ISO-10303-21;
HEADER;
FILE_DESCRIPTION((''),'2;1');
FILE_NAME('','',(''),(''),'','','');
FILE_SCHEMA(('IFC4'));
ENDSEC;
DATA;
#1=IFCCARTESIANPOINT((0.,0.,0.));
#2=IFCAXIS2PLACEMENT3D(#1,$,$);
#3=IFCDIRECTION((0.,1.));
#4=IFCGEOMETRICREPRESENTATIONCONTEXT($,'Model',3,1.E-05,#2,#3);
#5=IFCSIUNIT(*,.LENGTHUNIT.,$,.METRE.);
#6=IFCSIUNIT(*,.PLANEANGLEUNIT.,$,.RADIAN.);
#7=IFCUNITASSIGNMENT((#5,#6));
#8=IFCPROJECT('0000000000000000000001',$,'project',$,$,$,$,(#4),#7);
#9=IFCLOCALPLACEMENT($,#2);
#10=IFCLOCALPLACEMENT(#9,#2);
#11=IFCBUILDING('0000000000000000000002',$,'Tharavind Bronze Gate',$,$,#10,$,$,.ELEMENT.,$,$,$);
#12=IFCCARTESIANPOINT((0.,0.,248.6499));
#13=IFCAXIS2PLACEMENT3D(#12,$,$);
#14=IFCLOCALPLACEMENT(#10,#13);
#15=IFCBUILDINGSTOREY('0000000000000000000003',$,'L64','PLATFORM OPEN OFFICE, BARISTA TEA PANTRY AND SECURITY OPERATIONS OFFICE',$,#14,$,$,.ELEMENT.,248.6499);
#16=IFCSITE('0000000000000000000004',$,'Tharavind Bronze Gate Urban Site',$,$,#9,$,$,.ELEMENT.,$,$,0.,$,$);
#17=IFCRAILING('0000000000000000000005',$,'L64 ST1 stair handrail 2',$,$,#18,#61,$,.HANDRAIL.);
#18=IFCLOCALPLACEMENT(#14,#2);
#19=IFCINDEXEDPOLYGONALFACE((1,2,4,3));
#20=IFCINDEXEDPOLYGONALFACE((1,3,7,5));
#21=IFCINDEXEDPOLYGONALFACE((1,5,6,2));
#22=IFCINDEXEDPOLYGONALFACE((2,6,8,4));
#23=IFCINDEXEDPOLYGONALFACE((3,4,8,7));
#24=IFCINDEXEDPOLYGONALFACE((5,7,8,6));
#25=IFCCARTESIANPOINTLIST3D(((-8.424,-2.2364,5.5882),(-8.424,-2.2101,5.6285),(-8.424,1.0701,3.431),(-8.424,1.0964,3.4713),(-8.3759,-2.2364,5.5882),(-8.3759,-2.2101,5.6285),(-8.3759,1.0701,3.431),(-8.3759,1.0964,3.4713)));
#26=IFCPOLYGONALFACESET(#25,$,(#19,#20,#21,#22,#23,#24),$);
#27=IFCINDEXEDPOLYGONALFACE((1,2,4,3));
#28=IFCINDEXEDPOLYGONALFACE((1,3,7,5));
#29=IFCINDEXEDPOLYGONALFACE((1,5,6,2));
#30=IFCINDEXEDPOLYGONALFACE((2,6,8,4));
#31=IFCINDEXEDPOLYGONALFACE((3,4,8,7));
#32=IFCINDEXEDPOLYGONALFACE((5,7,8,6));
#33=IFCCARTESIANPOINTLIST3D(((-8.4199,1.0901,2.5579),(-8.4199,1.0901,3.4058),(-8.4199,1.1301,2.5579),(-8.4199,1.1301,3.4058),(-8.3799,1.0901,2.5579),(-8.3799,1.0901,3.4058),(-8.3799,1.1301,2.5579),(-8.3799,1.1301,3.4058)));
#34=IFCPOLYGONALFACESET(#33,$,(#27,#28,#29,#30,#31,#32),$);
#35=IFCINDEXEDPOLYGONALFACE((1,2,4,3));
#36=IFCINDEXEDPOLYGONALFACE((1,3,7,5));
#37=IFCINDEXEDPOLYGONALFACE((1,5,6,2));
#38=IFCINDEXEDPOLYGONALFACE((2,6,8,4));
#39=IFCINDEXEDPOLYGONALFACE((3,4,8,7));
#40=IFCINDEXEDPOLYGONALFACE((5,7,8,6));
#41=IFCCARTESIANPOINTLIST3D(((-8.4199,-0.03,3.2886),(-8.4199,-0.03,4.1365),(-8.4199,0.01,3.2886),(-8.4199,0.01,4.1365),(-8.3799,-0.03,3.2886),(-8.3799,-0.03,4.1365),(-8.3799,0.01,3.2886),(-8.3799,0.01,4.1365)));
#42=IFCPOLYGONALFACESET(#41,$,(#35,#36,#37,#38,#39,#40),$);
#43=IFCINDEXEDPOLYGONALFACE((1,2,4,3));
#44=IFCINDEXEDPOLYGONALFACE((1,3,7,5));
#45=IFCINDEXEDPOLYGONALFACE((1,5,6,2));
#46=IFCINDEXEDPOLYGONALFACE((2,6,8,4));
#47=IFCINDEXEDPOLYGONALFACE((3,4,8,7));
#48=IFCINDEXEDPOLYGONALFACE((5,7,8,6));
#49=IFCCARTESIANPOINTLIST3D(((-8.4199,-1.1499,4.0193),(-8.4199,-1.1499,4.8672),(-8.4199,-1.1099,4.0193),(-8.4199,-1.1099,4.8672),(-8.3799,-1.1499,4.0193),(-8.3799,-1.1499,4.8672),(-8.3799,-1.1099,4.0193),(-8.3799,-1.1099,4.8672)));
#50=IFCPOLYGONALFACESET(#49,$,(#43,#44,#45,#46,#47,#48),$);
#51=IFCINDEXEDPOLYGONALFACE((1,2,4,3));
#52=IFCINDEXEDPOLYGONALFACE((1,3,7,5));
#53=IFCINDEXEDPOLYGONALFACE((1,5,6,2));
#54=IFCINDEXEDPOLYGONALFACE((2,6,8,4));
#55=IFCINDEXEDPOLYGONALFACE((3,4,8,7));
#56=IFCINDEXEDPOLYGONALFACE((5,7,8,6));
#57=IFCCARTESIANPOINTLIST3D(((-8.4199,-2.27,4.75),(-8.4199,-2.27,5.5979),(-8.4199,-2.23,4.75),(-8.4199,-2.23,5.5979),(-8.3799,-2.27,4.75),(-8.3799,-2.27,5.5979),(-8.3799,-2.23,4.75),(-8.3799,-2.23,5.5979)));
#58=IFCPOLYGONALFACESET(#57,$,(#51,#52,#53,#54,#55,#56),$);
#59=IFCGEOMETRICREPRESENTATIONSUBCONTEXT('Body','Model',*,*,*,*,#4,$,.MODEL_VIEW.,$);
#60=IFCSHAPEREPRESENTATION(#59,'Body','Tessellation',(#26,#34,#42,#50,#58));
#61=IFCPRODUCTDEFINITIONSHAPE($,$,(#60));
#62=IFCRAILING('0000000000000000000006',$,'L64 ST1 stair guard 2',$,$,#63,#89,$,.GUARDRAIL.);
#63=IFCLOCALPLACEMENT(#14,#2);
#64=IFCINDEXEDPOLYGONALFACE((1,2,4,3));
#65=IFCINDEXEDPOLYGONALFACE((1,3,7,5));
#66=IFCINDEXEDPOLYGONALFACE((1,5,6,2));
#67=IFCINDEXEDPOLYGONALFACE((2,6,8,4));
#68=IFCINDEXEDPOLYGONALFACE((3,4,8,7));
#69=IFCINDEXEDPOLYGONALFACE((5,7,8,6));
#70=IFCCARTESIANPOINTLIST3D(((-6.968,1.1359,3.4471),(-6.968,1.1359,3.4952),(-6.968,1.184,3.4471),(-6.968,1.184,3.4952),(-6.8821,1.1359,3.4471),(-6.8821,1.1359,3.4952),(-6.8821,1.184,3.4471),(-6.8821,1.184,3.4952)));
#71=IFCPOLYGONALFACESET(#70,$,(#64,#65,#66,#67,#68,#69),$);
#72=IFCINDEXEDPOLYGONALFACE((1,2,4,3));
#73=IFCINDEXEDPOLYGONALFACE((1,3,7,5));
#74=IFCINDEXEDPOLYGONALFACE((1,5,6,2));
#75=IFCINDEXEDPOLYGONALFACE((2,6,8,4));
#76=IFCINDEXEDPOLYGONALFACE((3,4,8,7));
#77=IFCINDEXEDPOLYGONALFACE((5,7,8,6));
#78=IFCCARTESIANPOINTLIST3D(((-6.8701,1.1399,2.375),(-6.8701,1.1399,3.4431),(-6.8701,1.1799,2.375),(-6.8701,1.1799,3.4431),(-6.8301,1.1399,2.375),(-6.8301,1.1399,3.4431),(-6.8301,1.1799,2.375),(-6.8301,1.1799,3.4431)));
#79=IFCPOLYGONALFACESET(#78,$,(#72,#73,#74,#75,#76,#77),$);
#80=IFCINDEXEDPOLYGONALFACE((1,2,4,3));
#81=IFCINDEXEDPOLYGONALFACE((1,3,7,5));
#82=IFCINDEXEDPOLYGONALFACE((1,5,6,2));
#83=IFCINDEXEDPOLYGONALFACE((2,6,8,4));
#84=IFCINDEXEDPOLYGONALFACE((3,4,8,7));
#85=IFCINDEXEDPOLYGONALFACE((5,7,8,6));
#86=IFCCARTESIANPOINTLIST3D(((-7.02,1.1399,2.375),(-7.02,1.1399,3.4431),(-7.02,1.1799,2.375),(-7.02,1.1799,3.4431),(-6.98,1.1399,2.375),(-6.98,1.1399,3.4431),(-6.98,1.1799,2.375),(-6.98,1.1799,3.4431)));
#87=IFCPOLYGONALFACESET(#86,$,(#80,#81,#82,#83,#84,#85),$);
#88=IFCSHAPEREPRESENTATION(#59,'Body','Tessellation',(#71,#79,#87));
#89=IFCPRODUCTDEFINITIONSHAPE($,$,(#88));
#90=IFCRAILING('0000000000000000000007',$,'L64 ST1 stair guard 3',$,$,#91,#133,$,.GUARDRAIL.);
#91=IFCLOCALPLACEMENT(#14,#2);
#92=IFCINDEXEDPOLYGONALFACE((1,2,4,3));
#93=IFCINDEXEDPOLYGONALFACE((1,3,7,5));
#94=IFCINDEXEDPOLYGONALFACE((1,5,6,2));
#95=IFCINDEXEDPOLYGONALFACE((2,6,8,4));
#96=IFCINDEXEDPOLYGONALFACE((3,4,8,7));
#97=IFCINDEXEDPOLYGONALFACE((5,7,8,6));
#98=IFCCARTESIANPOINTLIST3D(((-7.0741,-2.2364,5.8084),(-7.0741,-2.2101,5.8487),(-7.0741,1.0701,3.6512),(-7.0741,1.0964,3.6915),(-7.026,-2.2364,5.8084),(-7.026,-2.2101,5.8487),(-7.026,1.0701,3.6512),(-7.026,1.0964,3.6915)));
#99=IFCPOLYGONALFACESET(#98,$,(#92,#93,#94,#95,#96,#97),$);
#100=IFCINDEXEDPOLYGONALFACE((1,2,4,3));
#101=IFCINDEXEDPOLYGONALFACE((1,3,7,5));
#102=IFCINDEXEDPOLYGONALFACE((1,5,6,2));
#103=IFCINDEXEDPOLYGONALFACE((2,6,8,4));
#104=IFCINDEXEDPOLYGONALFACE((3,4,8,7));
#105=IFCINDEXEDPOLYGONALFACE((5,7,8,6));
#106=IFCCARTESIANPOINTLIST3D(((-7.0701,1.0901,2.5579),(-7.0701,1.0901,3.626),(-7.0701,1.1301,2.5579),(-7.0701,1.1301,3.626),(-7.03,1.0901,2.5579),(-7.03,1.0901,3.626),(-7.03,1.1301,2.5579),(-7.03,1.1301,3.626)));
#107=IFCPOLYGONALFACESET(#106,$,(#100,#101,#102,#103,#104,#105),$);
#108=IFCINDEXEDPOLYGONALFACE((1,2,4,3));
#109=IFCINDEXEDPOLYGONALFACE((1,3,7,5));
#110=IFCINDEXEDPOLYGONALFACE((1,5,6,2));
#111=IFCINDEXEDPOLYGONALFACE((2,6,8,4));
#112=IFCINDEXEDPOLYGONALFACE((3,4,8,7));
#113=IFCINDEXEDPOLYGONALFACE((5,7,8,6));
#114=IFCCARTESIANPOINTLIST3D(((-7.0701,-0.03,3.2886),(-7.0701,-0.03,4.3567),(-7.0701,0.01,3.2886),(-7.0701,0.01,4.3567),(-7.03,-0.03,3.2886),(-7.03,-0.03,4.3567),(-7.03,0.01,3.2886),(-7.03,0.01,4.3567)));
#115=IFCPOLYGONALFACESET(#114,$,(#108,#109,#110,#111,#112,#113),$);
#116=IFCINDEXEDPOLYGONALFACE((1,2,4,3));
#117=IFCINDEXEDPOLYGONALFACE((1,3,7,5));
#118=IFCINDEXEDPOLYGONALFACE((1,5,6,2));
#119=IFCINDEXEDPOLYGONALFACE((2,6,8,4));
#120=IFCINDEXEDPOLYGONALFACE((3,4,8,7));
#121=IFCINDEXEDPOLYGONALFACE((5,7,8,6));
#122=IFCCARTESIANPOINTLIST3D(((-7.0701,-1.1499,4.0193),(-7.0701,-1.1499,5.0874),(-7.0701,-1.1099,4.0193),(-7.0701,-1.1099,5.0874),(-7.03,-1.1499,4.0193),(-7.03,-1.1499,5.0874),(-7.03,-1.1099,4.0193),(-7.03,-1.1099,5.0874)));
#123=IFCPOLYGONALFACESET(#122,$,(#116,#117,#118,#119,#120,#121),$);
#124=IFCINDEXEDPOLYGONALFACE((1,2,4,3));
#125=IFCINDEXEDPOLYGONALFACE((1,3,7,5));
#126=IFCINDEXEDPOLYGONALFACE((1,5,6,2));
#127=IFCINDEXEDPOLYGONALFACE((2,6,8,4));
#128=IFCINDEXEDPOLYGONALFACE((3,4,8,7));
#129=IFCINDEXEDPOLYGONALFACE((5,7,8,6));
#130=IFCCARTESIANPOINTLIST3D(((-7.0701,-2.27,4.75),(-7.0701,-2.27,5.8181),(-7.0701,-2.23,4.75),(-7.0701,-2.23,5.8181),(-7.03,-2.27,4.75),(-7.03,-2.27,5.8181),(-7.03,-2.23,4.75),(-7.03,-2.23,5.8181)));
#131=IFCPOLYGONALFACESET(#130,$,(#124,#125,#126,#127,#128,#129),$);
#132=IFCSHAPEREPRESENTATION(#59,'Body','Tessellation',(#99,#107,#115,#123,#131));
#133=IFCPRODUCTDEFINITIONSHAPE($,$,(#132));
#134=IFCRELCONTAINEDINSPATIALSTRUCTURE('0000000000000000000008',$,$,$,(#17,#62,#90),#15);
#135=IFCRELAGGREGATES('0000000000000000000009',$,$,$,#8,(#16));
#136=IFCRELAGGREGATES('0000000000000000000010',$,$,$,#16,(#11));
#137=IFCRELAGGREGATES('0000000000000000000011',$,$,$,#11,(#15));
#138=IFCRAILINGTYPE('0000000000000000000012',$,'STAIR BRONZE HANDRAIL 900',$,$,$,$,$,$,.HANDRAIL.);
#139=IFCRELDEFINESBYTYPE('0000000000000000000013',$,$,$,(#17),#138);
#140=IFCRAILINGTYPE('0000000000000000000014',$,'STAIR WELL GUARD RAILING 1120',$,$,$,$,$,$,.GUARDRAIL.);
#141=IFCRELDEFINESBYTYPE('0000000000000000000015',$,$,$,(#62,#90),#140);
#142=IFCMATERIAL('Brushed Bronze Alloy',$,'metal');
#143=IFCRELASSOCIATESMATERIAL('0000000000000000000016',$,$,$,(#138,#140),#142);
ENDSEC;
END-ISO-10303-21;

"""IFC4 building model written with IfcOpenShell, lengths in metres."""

from ifc_helpers import new_model, si_unit, direction, frame, origin, origin_2d, place, context, subcontext, project, spatial, rectangle, extrude, material, type_object, element, save


model = new_model("IFC4")

# Units and contexts
model_context = context("Model", 3, precision=1e-05, world=origin(), true_north=direction((0.0, 1.0)))
body_context = subcontext(model_context, "Body", "Model", "MODEL_VIEW")
ifc_project = project(units=[si_unit("LENGTHUNIT", "METRE"), si_unit("PLANEANGLEUNIT", "RADIAN")], contexts=[model_context])

# Site, building, storey
site_placement = place(None, origin())
site = spatial("IfcSite", under=ifc_project, at=site_placement, Name="Tharavind Bronze Gate Urban Site", CompositionType="ELEMENT", RefElevation=0.0)
building_placement = place(site_placement, origin())
building = spatial("IfcBuilding", under=site, at=building_placement, Name="Tharavind Bronze Gate", CompositionType="ELEMENT")
storey_placement = place(building_placement, frame((0.0, 0.0, 248.6499)))
storey = spatial("IfcBuildingStorey", under=building, at=storey_placement, Name="L64", Description="PLATFORM OPEN OFFICE, BARISTA TEA PANTRY AND SECURITY OPERATIONS OFFICE", CompositionType="ELEMENT", Elevation=248.6499)

# Railings
ifc_material_1 = material(Name="Brushed Bronze Alloy", Category="metal")
railing_type_1 = type_object("IfcRailingType", Name="STAIR BRONZE HANDRAIL 900", PredefinedType="HANDRAIL", material=ifc_material_1)
railing_1_placement = place(storey_placement, frame((-8.3999, 1.1101, 2.5579)))
element("IfcRailing", 1, at=railing_1_placement, inside=storey, type_object=railing_type_1, Name="L64 ST1 stair handrail 2", PredefinedType="HANDRAIL", context=body_context, shape_type="SweptSolid", body=[
    extrude(rectangle(XDim=0.0481, YDim=0.0481, at=origin_2d()), frame((0.0, -0.0269, 0.8933), z_axis=(0.0, -0.837523, 0.546401), x_axis=(1.0, 0.0, 0.0)), (0.0, 0.0, 1.0), 3.948),
    extrude(rectangle(XDim=0.04, YDim=0.04, at=origin_2d()), origin(), (0.0, 0.0, 1.0), 0.8479),
    extrude(rectangle(XDim=0.04, YDim=0.04, at=origin_2d()), frame((0.0, -1.1201, 0.7307)), (0.0, 0.0, 1.0), 0.8479),
    extrude(rectangle(XDim=0.04, YDim=0.04, at=origin_2d()), frame((0.0, -2.24, 1.4614)), (0.0, 0.0, 1.0), 0.8479),
    extrude(rectangle(XDim=0.04, YDim=0.04, at=origin_2d()), frame((0.0, -3.3601, 2.1921)), (0.0, 0.0, 1.0), 0.8479),
])
railing_type_2 = type_object("IfcRailingType", Name="STAIR WELL GUARD RAILING 1120", PredefinedType="GUARDRAIL", material=ifc_material_1)
railing_2_placement = place(storey_placement, frame((-6.8501, 1.1599, 2.375)))
element("IfcRailing", 2, at=railing_2_placement, inside=storey, type_object=railing_type_2, Name="L64 ST1 stair guard 2", PredefinedType="GUARDRAIL", context=body_context, shape_type="SweptSolid", body=[
    extrude(rectangle(XDim=0.0481, YDim=0.0481, at=origin_2d()), frame((-0.032, 0.0, 1.0962), z_axis=(-1.0, 0.0, 0.0), x_axis=(0.0, -1.0, 0.0)), (0.0, 0.0, 1.0), 0.0859),
    extrude(rectangle(XDim=0.04, YDim=0.04, at=origin_2d()), origin(), (0.0, 0.0, 1.0), 1.0681),
    extrude(rectangle(XDim=0.04, YDim=0.04, at=origin_2d()), frame((-0.1499, 0.0, 0.0)), (0.0, 0.0, 1.0), 1.0681),
])
railing_3_placement = place(storey_placement, frame((-7.05, 1.1101, 2.5579)))
element("IfcRailing", 3, at=railing_3_placement, inside=storey, type_object=railing_type_2, Name="L64 ST1 stair guard 3", PredefinedType="GUARDRAIL", context=body_context, shape_type="SweptSolid", body=[
    extrude(rectangle(XDim=0.0481, YDim=0.0481, at=origin_2d()), frame((0.0, -0.0269, 1.1135), z_axis=(0.0, -0.837523, 0.546401), x_axis=(1.0, 0.0, 0.0)), (0.0, 0.0, 1.0), 3.948),
    extrude(rectangle(XDim=0.04, YDim=0.04, at=origin_2d()), origin(), (0.0, 0.0, 1.0), 1.0681),
    extrude(rectangle(XDim=0.04, YDim=0.04, at=origin_2d()), frame((0.0, -1.1201, 0.7307)), (0.0, 0.0, 1.0), 1.0681),
    extrude(rectangle(XDim=0.04, YDim=0.04, at=origin_2d()), frame((0.0, -2.24, 1.4614)), (0.0, 0.0, 1.0), 1.0681),
    extrude(rectangle(XDim=0.04, YDim=0.04, at=origin_2d()), frame((0.0, -3.3601, 2.1921)), (0.0, 0.0, 1.0), 1.0681),
])

save(model, "model.ifc")
